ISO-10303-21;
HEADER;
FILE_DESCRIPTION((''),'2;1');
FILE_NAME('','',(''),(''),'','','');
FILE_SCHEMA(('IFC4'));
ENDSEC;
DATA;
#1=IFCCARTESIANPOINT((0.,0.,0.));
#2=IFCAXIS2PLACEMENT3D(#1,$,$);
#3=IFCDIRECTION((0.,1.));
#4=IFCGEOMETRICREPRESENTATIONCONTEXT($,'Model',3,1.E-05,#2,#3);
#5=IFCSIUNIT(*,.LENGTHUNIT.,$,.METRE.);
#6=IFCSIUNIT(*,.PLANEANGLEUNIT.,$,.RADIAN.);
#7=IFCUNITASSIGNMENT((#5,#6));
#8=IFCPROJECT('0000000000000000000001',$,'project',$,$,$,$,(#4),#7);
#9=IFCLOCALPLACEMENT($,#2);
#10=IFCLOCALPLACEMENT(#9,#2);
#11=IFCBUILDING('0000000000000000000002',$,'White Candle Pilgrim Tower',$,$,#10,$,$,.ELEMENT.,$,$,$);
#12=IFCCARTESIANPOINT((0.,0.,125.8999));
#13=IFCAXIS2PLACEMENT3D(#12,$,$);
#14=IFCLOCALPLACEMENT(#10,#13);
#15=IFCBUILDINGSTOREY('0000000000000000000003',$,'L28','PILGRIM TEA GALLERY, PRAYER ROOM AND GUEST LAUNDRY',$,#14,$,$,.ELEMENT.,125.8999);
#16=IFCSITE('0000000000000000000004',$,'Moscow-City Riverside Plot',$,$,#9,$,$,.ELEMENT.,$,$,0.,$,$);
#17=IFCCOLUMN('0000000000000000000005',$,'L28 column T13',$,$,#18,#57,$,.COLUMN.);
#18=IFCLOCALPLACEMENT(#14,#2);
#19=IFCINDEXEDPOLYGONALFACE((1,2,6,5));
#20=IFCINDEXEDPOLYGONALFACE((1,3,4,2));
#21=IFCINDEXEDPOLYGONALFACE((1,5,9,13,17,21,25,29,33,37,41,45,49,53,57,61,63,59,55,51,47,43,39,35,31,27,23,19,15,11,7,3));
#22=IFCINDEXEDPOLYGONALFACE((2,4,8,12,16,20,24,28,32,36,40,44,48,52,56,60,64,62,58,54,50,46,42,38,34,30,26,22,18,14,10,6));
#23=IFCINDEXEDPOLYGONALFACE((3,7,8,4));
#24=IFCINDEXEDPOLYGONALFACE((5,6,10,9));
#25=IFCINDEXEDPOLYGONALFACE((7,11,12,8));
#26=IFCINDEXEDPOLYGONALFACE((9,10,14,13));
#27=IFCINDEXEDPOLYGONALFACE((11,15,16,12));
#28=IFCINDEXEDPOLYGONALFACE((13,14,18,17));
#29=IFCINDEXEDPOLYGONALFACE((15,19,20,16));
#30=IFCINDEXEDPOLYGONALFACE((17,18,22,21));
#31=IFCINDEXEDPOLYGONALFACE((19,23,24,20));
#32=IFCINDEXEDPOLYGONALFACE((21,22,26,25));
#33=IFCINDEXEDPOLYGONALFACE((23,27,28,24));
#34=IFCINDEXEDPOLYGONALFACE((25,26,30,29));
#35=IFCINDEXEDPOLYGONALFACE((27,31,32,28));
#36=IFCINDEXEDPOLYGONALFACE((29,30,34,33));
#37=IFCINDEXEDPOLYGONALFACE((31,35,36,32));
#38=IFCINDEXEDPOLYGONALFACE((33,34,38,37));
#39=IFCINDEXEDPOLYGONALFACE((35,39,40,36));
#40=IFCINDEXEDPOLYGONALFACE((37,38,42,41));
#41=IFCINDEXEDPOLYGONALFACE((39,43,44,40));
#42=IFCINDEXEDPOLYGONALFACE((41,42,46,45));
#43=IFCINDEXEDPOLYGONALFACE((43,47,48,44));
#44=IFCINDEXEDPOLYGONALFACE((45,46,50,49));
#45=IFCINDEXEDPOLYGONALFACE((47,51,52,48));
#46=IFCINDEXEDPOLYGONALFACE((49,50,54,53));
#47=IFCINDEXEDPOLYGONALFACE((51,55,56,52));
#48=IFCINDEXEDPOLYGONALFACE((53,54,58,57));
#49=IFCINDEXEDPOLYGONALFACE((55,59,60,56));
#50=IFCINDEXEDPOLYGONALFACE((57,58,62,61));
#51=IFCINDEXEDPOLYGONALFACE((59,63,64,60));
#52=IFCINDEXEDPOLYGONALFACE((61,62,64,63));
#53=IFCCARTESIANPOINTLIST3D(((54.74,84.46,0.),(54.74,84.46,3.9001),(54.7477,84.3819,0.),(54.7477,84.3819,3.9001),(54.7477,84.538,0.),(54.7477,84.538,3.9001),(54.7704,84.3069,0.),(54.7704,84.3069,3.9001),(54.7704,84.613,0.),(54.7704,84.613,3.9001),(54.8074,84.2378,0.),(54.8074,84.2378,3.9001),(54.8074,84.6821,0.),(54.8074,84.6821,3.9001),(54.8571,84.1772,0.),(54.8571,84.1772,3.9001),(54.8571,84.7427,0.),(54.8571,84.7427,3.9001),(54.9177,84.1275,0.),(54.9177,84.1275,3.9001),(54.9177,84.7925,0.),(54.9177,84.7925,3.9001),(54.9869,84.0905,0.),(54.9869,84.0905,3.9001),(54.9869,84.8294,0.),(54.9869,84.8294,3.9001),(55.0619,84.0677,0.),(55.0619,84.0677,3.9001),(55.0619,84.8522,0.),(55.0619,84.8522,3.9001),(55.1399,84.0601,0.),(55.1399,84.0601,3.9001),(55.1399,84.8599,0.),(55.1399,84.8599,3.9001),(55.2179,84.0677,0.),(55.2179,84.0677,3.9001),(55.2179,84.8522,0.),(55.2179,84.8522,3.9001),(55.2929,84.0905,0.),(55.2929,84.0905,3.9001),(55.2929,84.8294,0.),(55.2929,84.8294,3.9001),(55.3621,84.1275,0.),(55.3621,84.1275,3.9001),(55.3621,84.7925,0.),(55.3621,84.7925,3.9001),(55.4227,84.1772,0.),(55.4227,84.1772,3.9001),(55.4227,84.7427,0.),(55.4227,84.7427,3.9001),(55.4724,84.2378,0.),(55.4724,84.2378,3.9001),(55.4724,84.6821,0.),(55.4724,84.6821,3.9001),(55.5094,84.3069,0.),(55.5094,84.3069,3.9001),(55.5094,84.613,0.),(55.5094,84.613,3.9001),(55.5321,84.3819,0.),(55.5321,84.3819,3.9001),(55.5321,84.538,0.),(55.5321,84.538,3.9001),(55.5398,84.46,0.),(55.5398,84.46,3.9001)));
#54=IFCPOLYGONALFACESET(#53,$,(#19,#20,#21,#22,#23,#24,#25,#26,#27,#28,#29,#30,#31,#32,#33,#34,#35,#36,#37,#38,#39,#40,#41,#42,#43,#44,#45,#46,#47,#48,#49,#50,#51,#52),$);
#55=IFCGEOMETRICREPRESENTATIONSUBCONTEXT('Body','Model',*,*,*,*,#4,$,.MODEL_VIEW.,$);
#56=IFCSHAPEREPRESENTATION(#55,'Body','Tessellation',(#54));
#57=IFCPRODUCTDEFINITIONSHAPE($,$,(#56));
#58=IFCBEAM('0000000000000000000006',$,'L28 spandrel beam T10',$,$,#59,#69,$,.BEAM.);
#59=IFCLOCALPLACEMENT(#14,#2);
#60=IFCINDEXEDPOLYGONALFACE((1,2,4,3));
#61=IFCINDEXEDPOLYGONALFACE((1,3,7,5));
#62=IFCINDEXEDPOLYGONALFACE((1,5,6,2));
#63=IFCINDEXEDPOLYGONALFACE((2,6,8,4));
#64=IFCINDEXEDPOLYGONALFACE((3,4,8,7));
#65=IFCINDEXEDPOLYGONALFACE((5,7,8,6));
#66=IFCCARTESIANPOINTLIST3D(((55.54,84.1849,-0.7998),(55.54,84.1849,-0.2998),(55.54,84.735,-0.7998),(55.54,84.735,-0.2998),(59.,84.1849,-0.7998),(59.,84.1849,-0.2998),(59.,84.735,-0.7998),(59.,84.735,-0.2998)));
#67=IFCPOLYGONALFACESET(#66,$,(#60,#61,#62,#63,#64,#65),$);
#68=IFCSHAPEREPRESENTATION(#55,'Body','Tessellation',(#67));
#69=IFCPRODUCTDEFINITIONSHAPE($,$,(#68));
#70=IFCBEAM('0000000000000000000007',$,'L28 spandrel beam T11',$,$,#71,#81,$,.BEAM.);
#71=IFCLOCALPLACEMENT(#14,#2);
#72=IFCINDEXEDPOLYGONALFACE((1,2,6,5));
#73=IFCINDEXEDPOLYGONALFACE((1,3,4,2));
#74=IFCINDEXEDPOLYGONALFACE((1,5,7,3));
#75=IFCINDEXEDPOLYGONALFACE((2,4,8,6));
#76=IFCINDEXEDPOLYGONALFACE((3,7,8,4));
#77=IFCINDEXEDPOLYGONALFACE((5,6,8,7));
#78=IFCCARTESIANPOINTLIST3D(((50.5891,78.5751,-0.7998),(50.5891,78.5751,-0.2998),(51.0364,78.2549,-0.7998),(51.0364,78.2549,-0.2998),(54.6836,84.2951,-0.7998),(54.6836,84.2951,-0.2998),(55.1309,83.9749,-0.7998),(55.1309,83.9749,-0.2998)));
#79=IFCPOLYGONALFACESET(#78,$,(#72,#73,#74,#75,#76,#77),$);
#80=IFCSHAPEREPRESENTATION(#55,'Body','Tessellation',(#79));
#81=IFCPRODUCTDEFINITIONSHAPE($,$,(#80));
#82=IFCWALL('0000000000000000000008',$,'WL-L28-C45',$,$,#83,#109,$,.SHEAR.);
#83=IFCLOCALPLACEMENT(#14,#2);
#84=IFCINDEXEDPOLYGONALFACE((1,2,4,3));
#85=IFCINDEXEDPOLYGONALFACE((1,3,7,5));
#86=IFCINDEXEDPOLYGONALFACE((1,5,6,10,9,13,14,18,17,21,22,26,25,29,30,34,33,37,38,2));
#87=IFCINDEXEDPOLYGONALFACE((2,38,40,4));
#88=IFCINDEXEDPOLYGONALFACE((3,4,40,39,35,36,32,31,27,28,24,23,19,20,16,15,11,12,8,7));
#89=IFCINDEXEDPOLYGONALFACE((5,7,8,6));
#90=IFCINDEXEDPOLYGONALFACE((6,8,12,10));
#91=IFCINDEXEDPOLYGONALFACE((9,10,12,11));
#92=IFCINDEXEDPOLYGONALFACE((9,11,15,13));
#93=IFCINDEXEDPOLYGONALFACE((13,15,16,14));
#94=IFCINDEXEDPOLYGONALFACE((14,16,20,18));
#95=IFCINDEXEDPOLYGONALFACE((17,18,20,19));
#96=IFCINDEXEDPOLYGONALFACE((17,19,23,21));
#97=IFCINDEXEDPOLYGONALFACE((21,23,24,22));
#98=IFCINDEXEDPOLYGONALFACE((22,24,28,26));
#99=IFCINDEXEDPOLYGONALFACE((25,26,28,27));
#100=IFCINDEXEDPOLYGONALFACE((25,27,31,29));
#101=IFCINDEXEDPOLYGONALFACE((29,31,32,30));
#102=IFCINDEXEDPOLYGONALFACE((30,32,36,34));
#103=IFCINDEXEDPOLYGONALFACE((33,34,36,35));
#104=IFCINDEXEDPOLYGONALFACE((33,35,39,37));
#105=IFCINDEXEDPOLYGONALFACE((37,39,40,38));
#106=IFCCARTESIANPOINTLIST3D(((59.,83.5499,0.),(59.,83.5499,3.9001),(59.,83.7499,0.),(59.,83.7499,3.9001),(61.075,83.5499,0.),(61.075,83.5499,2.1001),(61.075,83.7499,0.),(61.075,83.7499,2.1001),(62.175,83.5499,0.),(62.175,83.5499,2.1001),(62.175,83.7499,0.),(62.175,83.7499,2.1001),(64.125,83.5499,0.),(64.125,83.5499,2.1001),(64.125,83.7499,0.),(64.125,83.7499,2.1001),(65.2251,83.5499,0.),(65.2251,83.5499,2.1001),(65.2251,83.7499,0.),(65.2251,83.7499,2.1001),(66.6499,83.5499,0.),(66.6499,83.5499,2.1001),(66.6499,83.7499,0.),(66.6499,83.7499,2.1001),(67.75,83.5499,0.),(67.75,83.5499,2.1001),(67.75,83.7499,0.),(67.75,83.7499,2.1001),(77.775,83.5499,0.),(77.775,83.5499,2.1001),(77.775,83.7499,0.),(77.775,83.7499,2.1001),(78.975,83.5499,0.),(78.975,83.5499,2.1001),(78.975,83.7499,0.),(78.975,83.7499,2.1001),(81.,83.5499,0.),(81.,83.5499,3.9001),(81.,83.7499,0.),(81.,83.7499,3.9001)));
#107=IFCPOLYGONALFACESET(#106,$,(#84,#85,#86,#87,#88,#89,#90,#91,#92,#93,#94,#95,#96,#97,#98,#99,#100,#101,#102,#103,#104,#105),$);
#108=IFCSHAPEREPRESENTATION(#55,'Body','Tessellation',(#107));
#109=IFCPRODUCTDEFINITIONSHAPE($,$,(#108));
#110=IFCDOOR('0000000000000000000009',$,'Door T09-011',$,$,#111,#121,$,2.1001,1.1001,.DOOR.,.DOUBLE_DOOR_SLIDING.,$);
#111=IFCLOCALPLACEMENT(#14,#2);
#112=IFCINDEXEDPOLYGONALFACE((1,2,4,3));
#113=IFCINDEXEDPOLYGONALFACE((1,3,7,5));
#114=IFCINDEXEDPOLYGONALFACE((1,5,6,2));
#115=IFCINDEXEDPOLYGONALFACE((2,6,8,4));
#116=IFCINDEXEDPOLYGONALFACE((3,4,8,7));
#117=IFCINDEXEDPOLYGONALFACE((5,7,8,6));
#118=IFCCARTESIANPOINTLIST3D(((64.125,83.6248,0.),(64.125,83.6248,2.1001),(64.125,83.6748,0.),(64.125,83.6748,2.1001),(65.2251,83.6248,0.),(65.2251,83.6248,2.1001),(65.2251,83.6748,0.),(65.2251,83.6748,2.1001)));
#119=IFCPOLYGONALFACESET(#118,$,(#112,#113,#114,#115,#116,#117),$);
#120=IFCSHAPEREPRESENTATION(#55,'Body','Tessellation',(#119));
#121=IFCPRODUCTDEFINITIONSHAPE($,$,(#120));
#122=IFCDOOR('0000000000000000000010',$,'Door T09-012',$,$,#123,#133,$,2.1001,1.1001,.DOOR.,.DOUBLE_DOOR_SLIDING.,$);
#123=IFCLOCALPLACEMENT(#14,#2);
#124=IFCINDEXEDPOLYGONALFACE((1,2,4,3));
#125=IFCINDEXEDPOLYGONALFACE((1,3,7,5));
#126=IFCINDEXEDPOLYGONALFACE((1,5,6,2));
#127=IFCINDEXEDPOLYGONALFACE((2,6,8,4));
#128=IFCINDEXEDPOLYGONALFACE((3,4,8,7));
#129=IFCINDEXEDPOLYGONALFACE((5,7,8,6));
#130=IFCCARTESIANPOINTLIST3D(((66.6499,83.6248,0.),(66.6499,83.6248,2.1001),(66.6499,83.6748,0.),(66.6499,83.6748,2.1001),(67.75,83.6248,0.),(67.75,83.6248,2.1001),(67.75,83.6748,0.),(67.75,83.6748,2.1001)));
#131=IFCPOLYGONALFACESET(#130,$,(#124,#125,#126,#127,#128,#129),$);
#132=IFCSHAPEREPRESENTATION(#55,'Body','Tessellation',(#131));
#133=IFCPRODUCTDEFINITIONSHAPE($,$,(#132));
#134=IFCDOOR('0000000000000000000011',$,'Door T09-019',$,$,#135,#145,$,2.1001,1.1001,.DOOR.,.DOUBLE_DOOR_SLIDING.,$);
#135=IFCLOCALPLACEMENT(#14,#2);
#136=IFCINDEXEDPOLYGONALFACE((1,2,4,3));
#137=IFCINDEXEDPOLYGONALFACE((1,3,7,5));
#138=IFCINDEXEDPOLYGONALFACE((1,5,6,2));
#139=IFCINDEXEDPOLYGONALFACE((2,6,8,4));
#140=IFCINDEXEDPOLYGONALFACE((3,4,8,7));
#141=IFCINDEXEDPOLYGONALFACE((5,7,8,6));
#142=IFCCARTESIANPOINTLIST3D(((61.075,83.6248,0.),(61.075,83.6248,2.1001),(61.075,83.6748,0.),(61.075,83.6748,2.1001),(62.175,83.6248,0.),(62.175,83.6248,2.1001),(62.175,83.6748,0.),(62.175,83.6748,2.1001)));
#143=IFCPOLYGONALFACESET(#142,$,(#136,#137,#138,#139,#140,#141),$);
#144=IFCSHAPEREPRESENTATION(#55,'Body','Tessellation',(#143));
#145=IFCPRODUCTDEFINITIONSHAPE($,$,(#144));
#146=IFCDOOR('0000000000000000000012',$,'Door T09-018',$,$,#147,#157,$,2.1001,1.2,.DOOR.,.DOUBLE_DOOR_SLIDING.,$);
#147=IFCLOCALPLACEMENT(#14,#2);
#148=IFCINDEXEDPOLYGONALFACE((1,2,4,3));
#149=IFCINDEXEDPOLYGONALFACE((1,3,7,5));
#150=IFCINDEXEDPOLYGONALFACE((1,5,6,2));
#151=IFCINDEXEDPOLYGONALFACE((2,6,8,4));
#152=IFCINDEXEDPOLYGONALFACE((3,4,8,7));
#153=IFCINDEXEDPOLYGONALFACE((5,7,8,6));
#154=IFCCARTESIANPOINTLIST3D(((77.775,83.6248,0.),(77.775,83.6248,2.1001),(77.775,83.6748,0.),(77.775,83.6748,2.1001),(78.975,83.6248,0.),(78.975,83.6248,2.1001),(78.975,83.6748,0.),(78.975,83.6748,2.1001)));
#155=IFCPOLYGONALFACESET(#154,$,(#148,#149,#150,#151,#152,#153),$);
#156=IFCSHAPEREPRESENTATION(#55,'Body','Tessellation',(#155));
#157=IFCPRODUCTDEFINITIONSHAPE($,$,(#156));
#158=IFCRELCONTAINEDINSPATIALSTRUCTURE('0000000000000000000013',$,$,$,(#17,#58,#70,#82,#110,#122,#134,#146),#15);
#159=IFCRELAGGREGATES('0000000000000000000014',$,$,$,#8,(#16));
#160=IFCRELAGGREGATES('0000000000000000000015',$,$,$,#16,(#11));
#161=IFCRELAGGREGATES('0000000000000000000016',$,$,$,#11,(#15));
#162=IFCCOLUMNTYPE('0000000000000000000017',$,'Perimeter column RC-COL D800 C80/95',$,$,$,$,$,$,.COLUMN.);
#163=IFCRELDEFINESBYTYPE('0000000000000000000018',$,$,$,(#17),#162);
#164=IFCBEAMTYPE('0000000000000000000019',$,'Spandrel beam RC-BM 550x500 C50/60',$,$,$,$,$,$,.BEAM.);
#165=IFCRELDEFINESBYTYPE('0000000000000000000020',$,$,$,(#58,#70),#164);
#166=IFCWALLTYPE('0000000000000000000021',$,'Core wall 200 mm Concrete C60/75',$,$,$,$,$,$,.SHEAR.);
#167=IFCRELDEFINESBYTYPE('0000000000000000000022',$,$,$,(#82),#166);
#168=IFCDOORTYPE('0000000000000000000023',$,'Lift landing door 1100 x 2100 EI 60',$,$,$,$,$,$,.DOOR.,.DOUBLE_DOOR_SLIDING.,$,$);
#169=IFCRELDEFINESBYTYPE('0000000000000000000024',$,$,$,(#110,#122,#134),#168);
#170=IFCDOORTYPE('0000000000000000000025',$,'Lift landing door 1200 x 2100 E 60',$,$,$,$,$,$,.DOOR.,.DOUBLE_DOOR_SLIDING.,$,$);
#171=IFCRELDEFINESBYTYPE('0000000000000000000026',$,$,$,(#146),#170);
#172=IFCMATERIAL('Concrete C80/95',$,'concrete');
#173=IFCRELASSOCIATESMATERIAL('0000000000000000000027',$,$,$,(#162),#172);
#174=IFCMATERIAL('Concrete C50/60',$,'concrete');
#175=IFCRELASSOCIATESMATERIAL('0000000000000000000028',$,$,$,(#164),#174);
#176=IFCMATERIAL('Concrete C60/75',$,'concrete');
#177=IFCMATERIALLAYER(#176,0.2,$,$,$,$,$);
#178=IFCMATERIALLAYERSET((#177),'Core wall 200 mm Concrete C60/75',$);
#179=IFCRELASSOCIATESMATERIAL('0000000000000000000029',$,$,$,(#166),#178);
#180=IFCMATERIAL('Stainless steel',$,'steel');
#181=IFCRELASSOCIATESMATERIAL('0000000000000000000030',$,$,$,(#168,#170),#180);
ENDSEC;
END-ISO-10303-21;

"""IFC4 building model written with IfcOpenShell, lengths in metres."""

from ifc_helpers import new_model, si_unit, direction, frame, frame_2d, origin, origin_2d, place, context, subcontext, project, spatial, rectangle, circle, extrude, material, layer, layer_set, material_profile, profile_set, type_object, element, fill, save


model = new_model("IFC4")

# Units and contexts
model_context = context("Model", 3, precision=1e-05, world=origin(), true_north=direction((0.0, 1.0)))
body_context = subcontext(model_context, "Body", "Model", "MODEL_VIEW")
ifc_project = project(units=[si_unit("LENGTHUNIT", "METRE"), si_unit("PLANEANGLEUNIT", "RADIAN")], contexts=[model_context])

# Site, building, storey
site_placement = place(None, origin())
site = spatial("IfcSite", under=ifc_project, at=site_placement, Name="Moscow-City Riverside Plot", CompositionType="ELEMENT", RefElevation=0.0)
building_placement = place(site_placement, origin())
building = spatial("IfcBuilding", under=site, at=building_placement, Name="White Candle Pilgrim Tower", CompositionType="ELEMENT")
storey_placement = place(building_placement, frame((0.0, 0.0, 125.8999)))
storey = spatial("IfcBuildingStorey", under=building, at=storey_placement, Name="L28", Description="PILGRIM TEA GALLERY, PRAYER ROOM AND GUEST LAUNDRY", CompositionType="ELEMENT", Elevation=125.8999)

# Column
ifc_material_1 = material(Name="Concrete C80/95", Category="concrete")
ifc_material_profile_1 = material_profile(ifc_material_1, circle(Radius=0.3999, at=origin_2d()), Name="RC-COL D800")
ifc_profile_set_1 = profile_set([ifc_material_profile_1], Name="Concrete C80/95")
column_type = type_object("IfcColumnType", Name="Perimeter column RC-COL D800 C80/95", PredefinedType="COLUMN", material=ifc_profile_set_1)
column_placement = place(storey_placement, frame((55.1399, 84.46, 0.0), z_axis=(0.0, 0.0, 1.0), x_axis=(1.0, 0.0, 0.0)))
element("IfcColumn", 1, at=column_placement, inside=storey, type_object=column_type, Name="L28 column T13", PredefinedType="COLUMN", context=body_context, shape_type="SweptSolid", body=[
    extrude(circle(Radius=0.3999, at=origin_2d()), origin(), (0.0, 0.0, 1.0), 3.9001),
])

# Beams
ifc_material_2 = material(Name="Concrete C50/60", Category="concrete")
ifc_material_profile_2 = material_profile(ifc_material_2, rectangle(XDim=0.55, YDim=0.5, at=origin_2d()), Name="RC-BM 550x500")
ifc_profile_set_2 = profile_set([ifc_material_profile_2], Name="Concrete C50/60")
beam_type = type_object("IfcBeamType", Name="Spandrel beam RC-BM 550x500 C50/60", PredefinedType="BEAM", material=ifc_profile_set_2)
beam_1_placement = place(storey_placement, frame((55.54, 84.46, -0.5498), z_axis=(1.0, 0.0, 0.0), x_axis=(0.0, 1.0, 0.0)))
element("IfcBeam", 2, at=beam_1_placement, inside=storey, type_object=beam_type, Name="L28 spandrel beam T10", PredefinedType="BEAM", context=body_context, shape_type="SweptSolid", body=[
    extrude(rectangle(XDim=0.55, YDim=0.5, at=origin_2d()), origin(), (0.0, 0.0, 1.0), 3.46),
])
beam_2_placement = place(storey_placement, frame((54.9072, 84.135, -0.5498), z_axis=(-0.582065, -0.813142, 0.0), x_axis=(0.813142, -0.582065, 0.0)))
element("IfcBeam", 3, at=beam_2_placement, inside=storey, type_object=beam_type, Name="L28 spandrel beam T11", PredefinedType="BEAM", context=body_context, shape_type="SweptSolid", body=[
    extrude(rectangle(XDim=0.55, YDim=0.5, at=origin_2d()), origin(), (0.0, 0.0, 1.0), 7.0344),
])

# Wall, openings, doors
ifc_material_3 = material(Name="Concrete C60/75", Category="concrete")
ifc_layer_1 = layer(ifc_material_3, 0.2)
ifc_layer_set_1 = layer_set([ifc_layer_1], Name="Core wall 200 mm Concrete C60/75")
wall_type_1 = type_object("IfcWallType", Name="Core wall 200 mm Concrete C60/75", PredefinedType="SHEAR", material=ifc_layer_set_1)
wall_1_placement = place(storey_placement, frame((59.0, 83.6499, 0.0), z_axis=(0.0, 0.0, 1.0), x_axis=(1.0, 0.0, 0.0)))
wall_1 = element("IfcWall", 4, at=wall_1_placement, inside=storey, type_object=wall_type_1, Name="WL-L28-C45", PredefinedType="SHEAR", context=body_context, shape_type="SweptSolid", body=[
    extrude(rectangle(XDim=22.0, YDim=0.2, at=frame_2d((11.0, 0.0))), origin(), (0.0, 0.0, 1.0), 3.9001),
])
opening_1_placement = place(wall_1_placement, frame((5.125, 0.0, 0.0)))
opening_1 = element("IfcOpeningElement", 5, at=opening_1_placement, cuts=wall_1, PredefinedType="OPENING", context=body_context, shape_type="SweptSolid", body=[
    extrude(rectangle(XDim=1.1001, YDim=2.1001, at=frame_2d((0.55, 1.05))), frame((0.0, 0.1099, 0.0), z_axis=(0.0, -1.0, 0.0), x_axis=(1.0, 0.0, 0.0)), (0.0, 0.0, 1.0), 0.22),
])
opening_2_placement = place(wall_1_placement, frame((7.6499, 0.0, 0.0)))
opening_2 = element("IfcOpeningElement", 6, at=opening_2_placement, cuts=wall_1, PredefinedType="OPENING", context=body_context, shape_type="SweptSolid", body=[
    extrude(rectangle(XDim=1.1001, YDim=2.1001, at=frame_2d((0.55, 1.05))), frame((0.0, 0.1099, 0.0), z_axis=(0.0, -1.0, 0.0), x_axis=(1.0, 0.0, 0.0)), (0.0, 0.0, 1.0), 0.22),
])
opening_3_placement = place(wall_1_placement, frame((18.7749, 0.0, 0.0)))
opening_3 = element("IfcOpeningElement", 7, at=opening_3_placement, cuts=wall_1, PredefinedType="OPENING", context=body_context, shape_type="SweptSolid", body=[
    extrude(rectangle(XDim=1.2, YDim=2.1001, at=frame_2d((0.6001, 1.05))), frame((0.0, 0.1099, 0.0), z_axis=(0.0, -1.0, 0.0), x_axis=(1.0, 0.0, 0.0)), (0.0, 0.0, 1.0), 0.22),
])
opening_4_placement = place(wall_1_placement, frame((2.075, 0.0, 0.0)))
opening_4 = element("IfcOpeningElement", 8, at=opening_4_placement, cuts=wall_1, PredefinedType="OPENING", context=body_context, shape_type="SweptSolid", body=[
    extrude(rectangle(XDim=1.1001, YDim=2.1001, at=frame_2d((0.55, 1.05))), frame((0.0, 0.1099, 0.0), z_axis=(0.0, -1.0, 0.0), x_axis=(1.0, 0.0, 0.0)), (0.0, 0.0, 1.0), 0.22),
])
ifc_material_4 = material(Name="Stainless steel", Category="steel")
door_type_1 = type_object("IfcDoorType", Name="Lift landing door 1100 x 2100 EI 60", OperationType="DOUBLE_DOOR_SLIDING", PredefinedType="DOOR", material=ifc_material_4)
door_1_placement = place(opening_1_placement, origin())
door_1 = element("IfcDoor", 9, at=door_1_placement, inside=storey, type_object=door_type_1, Name="Door T09-011", OperationType="DOUBLE_DOOR_SLIDING", OverallHeight=2.1001, OverallWidth=1.1001, PredefinedType="DOOR", context=body_context, shape_type="SweptSolid", body=[
    extrude(rectangle(XDim=1.1001, YDim=2.1001, at=frame_2d((0.55, 1.05))), frame((0.0, 0.0249, 0.0), z_axis=(0.0, -1.0, 0.0), x_axis=(1.0, 0.0, 0.0)), (0.0, 0.0, 1.0), 0.05),
])
fill(opening_1, door_1)
door_2_placement = place(opening_2_placement, origin())
door_2 = element("IfcDoor", 10, at=door_2_placement, inside=storey, type_object=door_type_1, Name="Door T09-012", OperationType="DOUBLE_DOOR_SLIDING", OverallHeight=2.1001, OverallWidth=1.1001, PredefinedType="DOOR", context=body_context, shape_type="SweptSolid", body=[
    extrude(rectangle(XDim=1.1001, YDim=2.1001, at=frame_2d((0.55, 1.05))), frame((0.0, 0.0249, 0.0), z_axis=(0.0, -1.0, 0.0), x_axis=(1.0, 0.0, 0.0)), (0.0, 0.0, 1.0), 0.05),
])
fill(opening_2, door_2)
door_3_placement = place(opening_4_placement, origin())
door_3 = element("IfcDoor", 11, at=door_3_placement, inside=storey, type_object=door_type_1, Name="Door T09-019", OperationType="DOUBLE_DOOR_SLIDING", OverallHeight=2.1001, OverallWidth=1.1001, PredefinedType="DOOR", context=body_context, shape_type="SweptSolid", body=[
    extrude(rectangle(XDim=1.1001, YDim=2.1001, at=frame_2d((0.55, 1.05))), frame((0.0, 0.0249, 0.0), z_axis=(0.0, -1.0, 0.0), x_axis=(1.0, 0.0, 0.0)), (0.0, 0.0, 1.0), 0.05),
])
fill(opening_4, door_3)
door_type_2 = type_object("IfcDoorType", Name="Lift landing door 1200 x 2100 E 60", OperationType="DOUBLE_DOOR_SLIDING", PredefinedType="DOOR", material=ifc_material_4)
door_4_placement = place(opening_3_placement, origin())
door_4 = element("IfcDoor", 12, at=door_4_placement, inside=storey, type_object=door_type_2, Name="Door T09-018", OperationType="DOUBLE_DOOR_SLIDING", OverallHeight=2.1001, OverallWidth=1.2, PredefinedType="DOOR", context=body_context, shape_type="SweptSolid", body=[
    extrude(rectangle(XDim=1.2, YDim=2.1001, at=frame_2d((0.6001, 1.05))), frame((0.0, 0.0249, 0.0), z_axis=(0.0, -1.0, 0.0), x_axis=(1.0, 0.0, 0.0)), (0.0, 0.0, 1.0), 0.05),
])
fill(opening_3, door_4)

save(model, "model.ifc")
